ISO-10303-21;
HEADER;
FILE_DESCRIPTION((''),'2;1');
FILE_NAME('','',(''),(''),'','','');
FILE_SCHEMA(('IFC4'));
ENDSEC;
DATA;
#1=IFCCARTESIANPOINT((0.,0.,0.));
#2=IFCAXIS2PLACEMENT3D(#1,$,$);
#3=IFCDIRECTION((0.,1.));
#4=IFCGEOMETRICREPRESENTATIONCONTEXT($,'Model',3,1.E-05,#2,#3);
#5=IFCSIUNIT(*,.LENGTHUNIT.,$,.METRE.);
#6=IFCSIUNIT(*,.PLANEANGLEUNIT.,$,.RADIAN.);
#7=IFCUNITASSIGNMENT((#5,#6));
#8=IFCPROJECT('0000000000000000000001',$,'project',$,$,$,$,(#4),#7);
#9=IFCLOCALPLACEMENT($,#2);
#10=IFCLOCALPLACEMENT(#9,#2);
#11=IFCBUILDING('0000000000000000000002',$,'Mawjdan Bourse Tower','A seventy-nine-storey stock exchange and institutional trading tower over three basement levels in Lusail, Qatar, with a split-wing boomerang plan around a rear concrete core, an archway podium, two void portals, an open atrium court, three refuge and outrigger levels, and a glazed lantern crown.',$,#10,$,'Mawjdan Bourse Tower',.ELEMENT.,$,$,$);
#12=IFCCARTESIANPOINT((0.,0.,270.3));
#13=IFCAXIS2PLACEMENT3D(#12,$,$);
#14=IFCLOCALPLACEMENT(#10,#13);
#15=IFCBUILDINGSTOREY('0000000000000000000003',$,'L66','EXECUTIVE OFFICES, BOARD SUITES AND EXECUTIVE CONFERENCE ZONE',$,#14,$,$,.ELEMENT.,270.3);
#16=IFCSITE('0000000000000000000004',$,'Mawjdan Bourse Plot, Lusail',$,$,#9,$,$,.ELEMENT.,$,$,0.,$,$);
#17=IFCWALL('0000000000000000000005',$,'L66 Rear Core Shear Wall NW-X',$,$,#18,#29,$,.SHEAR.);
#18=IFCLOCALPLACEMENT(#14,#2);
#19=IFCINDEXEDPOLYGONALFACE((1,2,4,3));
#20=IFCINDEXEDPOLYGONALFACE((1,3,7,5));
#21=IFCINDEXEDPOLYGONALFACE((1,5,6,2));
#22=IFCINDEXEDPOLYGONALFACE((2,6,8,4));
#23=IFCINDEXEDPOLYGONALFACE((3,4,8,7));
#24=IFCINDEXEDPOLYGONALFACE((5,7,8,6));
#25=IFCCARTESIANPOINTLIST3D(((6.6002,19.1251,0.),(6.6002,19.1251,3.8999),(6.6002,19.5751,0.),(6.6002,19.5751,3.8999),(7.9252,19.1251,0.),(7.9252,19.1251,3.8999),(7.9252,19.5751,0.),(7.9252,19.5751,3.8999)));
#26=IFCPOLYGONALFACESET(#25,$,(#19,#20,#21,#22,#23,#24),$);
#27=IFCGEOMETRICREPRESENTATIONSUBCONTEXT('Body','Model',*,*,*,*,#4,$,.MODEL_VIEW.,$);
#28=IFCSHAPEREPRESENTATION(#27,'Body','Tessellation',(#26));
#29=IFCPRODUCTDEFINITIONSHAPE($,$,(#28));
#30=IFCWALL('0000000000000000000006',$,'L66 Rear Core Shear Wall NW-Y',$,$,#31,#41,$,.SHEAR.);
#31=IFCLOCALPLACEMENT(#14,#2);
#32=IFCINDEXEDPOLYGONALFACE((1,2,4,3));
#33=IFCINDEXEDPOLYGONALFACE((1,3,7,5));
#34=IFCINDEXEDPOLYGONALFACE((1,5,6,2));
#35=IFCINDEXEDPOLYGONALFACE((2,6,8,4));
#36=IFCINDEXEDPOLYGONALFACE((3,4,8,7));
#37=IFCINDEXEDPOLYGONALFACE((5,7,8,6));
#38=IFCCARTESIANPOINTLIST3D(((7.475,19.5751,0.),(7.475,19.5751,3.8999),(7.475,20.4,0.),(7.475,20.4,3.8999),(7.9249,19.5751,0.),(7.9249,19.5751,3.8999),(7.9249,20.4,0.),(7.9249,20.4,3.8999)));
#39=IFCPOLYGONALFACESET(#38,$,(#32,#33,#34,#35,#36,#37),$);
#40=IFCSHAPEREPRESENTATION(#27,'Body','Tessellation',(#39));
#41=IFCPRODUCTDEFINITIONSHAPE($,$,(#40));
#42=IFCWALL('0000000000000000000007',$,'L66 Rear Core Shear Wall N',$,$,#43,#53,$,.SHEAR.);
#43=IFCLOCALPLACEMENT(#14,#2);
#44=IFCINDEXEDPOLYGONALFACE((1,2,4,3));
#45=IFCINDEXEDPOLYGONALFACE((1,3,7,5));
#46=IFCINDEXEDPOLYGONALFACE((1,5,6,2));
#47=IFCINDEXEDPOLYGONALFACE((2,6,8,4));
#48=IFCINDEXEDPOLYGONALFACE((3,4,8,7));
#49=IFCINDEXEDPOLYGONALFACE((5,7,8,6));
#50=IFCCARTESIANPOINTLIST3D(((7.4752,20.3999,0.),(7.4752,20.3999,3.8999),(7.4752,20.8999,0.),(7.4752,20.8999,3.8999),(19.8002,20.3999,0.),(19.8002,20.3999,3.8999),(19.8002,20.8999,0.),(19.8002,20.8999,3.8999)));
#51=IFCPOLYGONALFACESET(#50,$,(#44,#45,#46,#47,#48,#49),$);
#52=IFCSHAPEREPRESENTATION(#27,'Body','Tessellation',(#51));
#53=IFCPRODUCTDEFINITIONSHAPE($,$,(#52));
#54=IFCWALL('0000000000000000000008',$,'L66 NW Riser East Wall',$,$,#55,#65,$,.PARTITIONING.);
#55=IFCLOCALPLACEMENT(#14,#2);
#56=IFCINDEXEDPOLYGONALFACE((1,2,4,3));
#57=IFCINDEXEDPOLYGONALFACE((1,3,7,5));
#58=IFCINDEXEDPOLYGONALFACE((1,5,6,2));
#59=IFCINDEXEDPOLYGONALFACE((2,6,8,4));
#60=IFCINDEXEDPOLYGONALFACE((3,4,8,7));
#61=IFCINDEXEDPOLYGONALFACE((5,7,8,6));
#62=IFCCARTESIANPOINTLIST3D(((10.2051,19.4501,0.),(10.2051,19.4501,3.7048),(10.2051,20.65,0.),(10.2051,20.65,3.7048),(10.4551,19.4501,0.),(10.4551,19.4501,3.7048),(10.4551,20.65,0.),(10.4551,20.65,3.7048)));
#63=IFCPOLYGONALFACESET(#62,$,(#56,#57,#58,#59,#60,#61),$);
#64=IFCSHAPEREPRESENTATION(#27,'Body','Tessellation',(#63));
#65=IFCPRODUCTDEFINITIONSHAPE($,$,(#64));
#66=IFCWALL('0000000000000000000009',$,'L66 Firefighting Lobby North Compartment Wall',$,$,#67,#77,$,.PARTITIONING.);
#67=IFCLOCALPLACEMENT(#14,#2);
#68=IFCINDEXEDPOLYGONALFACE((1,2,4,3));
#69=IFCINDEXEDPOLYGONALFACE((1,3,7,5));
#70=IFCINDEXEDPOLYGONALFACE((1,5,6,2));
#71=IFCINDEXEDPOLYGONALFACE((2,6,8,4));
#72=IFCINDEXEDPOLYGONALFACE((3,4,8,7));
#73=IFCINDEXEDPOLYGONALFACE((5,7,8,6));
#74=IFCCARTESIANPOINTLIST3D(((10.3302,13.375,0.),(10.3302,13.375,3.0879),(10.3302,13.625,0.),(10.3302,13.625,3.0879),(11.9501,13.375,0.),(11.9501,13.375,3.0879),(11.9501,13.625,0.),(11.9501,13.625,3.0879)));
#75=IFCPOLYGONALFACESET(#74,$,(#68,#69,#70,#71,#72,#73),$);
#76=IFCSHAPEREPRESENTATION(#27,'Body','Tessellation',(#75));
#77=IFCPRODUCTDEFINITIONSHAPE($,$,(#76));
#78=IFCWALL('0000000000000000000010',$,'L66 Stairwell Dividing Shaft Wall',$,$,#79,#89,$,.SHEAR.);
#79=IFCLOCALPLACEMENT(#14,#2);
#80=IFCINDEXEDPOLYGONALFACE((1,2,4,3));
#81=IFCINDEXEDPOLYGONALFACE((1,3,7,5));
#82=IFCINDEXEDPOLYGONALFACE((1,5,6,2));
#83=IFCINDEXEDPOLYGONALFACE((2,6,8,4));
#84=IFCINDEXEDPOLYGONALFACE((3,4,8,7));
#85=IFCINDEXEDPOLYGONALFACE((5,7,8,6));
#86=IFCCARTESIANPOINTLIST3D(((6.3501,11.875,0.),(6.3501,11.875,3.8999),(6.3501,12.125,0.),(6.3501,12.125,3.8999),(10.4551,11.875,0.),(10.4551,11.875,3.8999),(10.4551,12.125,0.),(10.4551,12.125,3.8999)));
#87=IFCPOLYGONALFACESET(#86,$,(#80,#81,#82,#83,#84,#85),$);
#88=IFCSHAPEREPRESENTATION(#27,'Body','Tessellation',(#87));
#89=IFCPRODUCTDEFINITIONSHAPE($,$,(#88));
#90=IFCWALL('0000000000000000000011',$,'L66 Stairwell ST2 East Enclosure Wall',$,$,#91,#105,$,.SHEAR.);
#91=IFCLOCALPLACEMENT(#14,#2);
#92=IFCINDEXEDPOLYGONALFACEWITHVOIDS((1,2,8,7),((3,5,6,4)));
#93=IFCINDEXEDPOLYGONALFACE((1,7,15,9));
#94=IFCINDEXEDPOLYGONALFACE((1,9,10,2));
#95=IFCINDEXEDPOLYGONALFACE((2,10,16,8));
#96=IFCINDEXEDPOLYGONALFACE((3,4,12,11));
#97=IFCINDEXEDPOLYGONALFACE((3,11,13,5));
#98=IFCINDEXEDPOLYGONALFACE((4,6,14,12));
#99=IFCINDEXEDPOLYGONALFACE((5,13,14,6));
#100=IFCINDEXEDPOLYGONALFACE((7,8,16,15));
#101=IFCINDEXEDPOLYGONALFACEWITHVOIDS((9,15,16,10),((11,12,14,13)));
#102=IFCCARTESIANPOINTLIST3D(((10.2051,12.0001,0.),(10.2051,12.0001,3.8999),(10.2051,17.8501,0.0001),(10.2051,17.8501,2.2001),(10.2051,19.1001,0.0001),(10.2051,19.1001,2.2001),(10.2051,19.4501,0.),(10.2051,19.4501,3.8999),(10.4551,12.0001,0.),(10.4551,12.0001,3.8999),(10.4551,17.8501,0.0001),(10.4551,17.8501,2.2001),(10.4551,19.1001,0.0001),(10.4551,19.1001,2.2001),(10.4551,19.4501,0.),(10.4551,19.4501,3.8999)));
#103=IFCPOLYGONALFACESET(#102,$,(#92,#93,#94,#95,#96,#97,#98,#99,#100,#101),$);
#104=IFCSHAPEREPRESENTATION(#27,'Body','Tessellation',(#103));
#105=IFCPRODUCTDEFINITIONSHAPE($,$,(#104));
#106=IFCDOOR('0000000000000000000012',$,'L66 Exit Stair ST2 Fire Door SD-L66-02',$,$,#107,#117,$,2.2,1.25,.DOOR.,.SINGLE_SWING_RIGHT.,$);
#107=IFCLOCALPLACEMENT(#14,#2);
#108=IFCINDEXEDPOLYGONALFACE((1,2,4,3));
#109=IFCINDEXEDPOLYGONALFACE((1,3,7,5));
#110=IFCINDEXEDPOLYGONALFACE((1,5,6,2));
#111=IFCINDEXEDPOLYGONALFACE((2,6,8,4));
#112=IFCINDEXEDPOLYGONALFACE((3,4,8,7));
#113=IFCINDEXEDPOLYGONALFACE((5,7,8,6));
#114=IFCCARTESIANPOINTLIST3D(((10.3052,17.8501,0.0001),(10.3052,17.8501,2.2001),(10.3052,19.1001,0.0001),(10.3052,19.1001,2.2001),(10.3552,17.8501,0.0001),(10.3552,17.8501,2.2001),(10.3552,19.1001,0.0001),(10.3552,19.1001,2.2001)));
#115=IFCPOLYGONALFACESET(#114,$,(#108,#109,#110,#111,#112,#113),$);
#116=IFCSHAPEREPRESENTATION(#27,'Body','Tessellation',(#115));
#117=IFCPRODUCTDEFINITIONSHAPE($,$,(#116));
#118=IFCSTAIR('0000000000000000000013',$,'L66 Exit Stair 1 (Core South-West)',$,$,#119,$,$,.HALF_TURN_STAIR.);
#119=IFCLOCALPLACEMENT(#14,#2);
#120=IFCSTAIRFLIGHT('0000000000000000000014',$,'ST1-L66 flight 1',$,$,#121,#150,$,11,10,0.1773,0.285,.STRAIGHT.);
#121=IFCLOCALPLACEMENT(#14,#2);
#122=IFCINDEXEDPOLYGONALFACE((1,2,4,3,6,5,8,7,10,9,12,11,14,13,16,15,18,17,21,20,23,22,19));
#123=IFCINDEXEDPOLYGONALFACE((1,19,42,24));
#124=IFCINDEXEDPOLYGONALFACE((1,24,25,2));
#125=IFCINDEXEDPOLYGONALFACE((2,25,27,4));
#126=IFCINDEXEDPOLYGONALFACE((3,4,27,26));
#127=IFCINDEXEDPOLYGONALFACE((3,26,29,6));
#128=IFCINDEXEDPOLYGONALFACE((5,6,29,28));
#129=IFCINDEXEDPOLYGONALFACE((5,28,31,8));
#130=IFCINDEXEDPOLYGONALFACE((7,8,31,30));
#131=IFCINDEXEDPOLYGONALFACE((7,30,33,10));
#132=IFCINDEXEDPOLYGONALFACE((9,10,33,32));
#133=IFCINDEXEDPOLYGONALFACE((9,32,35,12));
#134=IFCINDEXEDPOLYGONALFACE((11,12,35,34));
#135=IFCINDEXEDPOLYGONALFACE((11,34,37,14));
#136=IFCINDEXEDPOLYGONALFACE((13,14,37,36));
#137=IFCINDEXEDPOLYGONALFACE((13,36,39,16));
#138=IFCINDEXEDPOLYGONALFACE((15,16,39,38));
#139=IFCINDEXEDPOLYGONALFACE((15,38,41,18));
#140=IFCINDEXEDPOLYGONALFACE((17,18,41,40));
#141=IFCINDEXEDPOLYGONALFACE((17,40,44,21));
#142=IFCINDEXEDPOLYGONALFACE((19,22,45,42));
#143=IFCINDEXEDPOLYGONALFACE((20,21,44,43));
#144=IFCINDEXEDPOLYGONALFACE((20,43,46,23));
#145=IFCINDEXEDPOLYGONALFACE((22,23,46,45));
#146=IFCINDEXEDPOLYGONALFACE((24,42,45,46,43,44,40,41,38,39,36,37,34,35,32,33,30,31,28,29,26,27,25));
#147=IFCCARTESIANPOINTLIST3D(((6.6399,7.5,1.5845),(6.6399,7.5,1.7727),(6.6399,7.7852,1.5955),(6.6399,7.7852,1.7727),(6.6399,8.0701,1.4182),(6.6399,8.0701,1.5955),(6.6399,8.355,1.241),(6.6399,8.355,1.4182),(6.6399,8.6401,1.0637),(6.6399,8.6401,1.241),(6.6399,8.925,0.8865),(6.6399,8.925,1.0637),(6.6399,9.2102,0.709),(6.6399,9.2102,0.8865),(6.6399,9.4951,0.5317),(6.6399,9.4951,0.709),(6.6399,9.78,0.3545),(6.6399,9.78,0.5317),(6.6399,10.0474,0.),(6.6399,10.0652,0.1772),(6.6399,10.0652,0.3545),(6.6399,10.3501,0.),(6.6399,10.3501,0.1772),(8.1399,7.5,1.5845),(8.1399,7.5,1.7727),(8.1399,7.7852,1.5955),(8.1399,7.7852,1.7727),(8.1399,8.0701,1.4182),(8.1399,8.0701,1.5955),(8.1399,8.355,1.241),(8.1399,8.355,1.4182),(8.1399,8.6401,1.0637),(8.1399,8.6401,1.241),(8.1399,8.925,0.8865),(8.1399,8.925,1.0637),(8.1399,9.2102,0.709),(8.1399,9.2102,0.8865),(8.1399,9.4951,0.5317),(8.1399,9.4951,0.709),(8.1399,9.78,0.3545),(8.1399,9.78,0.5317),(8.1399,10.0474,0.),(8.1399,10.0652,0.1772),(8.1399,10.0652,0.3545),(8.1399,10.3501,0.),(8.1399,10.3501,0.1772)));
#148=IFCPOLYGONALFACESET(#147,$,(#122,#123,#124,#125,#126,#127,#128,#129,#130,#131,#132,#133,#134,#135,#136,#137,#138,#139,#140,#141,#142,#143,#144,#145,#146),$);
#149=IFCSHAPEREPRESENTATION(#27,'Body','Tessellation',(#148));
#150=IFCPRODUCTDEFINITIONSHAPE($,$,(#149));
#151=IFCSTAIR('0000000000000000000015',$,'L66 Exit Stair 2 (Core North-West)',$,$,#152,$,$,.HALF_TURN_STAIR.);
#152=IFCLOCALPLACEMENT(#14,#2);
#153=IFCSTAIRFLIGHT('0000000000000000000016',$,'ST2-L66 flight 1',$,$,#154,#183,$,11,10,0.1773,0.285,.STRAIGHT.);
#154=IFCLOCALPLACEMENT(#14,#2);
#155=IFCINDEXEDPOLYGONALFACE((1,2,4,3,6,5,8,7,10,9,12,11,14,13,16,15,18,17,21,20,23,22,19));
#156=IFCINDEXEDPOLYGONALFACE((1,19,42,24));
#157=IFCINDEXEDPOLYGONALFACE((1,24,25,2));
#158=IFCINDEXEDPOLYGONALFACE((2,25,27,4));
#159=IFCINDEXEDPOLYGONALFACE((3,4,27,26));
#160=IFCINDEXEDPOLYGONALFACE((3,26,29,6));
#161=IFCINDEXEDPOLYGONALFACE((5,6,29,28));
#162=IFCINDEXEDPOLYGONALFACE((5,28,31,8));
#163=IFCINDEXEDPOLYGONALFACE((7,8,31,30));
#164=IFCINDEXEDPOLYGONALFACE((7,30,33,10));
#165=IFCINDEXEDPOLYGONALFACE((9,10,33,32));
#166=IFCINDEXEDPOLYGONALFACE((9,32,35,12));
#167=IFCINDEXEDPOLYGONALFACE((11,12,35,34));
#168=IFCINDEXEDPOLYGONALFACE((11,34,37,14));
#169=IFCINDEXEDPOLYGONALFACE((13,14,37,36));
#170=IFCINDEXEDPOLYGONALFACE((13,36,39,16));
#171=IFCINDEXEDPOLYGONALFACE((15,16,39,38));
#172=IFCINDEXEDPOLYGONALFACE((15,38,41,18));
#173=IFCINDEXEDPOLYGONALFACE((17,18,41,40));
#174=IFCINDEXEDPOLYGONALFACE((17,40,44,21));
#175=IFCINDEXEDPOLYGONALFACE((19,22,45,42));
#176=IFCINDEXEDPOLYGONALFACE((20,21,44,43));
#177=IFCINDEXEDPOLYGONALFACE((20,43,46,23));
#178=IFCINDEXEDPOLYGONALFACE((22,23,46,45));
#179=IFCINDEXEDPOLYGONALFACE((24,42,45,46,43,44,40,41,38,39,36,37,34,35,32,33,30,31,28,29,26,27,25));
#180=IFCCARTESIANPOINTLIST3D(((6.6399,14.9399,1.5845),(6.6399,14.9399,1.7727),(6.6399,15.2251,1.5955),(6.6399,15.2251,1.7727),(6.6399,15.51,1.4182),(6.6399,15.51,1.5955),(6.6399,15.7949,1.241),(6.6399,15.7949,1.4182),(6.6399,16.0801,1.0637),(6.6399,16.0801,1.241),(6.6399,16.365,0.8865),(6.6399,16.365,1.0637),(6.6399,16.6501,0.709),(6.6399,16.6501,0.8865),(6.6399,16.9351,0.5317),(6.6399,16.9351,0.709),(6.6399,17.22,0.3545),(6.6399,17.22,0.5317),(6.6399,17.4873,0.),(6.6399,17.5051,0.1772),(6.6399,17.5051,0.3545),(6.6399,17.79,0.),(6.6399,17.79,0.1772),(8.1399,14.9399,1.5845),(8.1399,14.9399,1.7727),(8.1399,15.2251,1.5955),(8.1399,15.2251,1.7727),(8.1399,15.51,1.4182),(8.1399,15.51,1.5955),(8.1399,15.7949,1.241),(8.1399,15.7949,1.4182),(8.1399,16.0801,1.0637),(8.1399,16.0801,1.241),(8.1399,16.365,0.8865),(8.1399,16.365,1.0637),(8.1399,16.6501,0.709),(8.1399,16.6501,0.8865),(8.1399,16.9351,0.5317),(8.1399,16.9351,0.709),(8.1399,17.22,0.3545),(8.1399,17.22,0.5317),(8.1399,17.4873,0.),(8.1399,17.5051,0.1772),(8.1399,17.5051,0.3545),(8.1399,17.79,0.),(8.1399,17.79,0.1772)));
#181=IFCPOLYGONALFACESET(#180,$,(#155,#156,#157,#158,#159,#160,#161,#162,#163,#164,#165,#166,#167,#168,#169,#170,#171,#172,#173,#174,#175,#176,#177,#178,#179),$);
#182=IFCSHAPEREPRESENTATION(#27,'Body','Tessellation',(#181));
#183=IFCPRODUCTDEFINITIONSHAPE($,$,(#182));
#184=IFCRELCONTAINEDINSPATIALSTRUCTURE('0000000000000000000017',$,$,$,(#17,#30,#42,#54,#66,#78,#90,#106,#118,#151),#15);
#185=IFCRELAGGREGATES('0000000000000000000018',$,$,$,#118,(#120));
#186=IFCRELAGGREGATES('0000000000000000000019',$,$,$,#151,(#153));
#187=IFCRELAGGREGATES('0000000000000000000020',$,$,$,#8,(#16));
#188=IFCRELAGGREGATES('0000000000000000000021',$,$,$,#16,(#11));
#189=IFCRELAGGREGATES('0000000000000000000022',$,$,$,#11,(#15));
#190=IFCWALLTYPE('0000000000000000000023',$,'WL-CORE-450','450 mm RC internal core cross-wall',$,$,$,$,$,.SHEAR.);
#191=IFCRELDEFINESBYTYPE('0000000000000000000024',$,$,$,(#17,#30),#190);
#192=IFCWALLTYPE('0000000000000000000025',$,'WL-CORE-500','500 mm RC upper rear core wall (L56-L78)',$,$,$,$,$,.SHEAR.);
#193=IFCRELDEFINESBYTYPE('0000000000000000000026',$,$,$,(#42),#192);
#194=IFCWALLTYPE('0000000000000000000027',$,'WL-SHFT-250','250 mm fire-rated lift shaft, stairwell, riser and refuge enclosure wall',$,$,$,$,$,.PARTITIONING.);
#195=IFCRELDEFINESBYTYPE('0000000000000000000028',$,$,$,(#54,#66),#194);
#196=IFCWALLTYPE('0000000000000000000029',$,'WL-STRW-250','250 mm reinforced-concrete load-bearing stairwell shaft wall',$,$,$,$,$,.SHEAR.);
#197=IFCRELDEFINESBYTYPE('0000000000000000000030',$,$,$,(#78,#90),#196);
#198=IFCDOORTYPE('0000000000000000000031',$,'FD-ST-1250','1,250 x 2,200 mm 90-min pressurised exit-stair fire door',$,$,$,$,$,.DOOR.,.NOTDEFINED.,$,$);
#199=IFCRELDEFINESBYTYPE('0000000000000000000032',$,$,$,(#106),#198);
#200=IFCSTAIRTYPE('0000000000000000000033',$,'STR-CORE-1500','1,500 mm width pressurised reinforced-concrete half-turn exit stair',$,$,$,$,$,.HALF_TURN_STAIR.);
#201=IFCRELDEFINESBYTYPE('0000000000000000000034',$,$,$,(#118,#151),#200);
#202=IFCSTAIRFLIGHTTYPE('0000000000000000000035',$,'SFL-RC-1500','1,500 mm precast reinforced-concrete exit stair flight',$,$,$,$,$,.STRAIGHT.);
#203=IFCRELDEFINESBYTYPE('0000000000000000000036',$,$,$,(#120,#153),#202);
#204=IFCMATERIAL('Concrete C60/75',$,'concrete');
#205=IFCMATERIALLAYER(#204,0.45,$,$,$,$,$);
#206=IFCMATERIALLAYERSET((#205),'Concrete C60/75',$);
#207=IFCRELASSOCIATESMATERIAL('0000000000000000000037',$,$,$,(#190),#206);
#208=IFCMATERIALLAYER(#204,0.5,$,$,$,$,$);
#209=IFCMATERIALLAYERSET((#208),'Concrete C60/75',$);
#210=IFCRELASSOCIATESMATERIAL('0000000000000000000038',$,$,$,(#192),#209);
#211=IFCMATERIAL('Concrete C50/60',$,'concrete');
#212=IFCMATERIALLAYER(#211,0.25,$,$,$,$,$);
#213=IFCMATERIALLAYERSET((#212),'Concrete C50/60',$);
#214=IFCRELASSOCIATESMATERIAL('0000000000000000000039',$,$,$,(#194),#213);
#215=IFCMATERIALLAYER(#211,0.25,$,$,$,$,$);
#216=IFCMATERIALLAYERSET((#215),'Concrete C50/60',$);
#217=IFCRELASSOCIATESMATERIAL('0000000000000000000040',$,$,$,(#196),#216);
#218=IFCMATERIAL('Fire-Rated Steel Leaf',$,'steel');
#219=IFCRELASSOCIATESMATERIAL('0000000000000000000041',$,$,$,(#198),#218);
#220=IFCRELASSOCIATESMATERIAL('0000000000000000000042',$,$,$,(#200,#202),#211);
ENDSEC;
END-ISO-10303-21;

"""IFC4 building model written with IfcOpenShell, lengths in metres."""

from ifc_helpers import new_model, si_unit, direction, frame, frame_2d, origin, place, context, subcontext, project, spatial, polyline, rectangle, outline, extrude, material, layer, layer_set, type_object, element, fill, aggregate, save


model = new_model("IFC4")

# Units and contexts
model_context = context("Model", 3, precision=1e-05, world=origin(), true_north=direction((0.0, 1.0)))
body_context = subcontext(model_context, "Body", "Model", "MODEL_VIEW")
ifc_project = project(units=[si_unit("LENGTHUNIT", "METRE"), si_unit("PLANEANGLEUNIT", "RADIAN")], contexts=[model_context])

# Site, building, storey
site_placement = place(None, origin())
site = spatial("IfcSite", under=ifc_project, at=site_placement, Name="Mawjdan Bourse Plot, Lusail", CompositionType="ELEMENT", RefElevation=0.0)
building_placement = place(site_placement, origin())
building = spatial("IfcBuilding", under=site, at=building_placement, Name="Mawjdan Bourse Tower", Description="A seventy-nine-storey stock exchange and institutional trading tower over three basement levels in Lusail, Qatar, with a split-wing boomerang plan around a rear concrete core, an archway podium, two void portals, an open atrium court, three refuge and outrigger levels, and a glazed lantern crown.", LongName="Mawjdan Bourse Tower", CompositionType="ELEMENT")
storey_placement = place(building_placement, frame((0.0, 0.0, 270.3)))
storey = spatial("IfcBuildingStorey", under=building, at=storey_placement, Name="L66", Description="EXECUTIVE OFFICES, BOARD SUITES AND EXECUTIVE CONFERENCE ZONE", CompositionType="ELEMENT", Elevation=270.3)

# Walls
ifc_material_1 = material(Name="Concrete C60/75", Category="concrete")
ifc_layer_1 = layer(ifc_material_1, 0.45)
ifc_layer_set_1 = layer_set([ifc_layer_1], Name="Concrete C60/75")
wall_type_1 = type_object("IfcWallType", Name="WL-CORE-450", Description="450 mm RC internal core cross-wall", PredefinedType="SHEAR", material=ifc_layer_set_1)
wall_1_placement = place(storey_placement, frame((6.6001, 19.3501, 0.0), z_axis=(0.0, 0.0, 1.0), x_axis=(1.0, 0.0, 0.0)))
element("IfcWall", 1, at=wall_1_placement, inside=storey, type_object=wall_type_1, Name="L66 Rear Core Shear Wall NW-X", PredefinedType="SHEAR", context=body_context, shape_type="SweptSolid", body=[
    extrude(rectangle(XDim=1.325, YDim=0.45, at=frame_2d((0.6626, 0.0))), origin(), (0.0, 0.0, 1.0), 3.8999),
])
wall_2_placement = place(storey_placement, frame((7.7, 19.575, 0.0), z_axis=(0.0, 0.0, 1.0), x_axis=(0.0, 1.0, 0.0)))
element("IfcWall", 2, at=wall_2_placement, inside=storey, type_object=wall_type_1, Name="L66 Rear Core Shear Wall NW-Y", PredefinedType="SHEAR", context=body_context, shape_type="SweptSolid", body=[
    extrude(rectangle(XDim=0.825, YDim=0.45, at=frame_2d((0.4126, 0.0))), origin(), (0.0, 0.0, 1.0), 3.8999),
])
ifc_layer_2 = layer(ifc_material_1, 0.5)
ifc_layer_set_2 = layer_set([ifc_layer_2], Name="Concrete C60/75")
wall_type_2 = type_object("IfcWallType", Name="WL-CORE-500", Description="500 mm RC upper rear core wall (L56-L78)", PredefinedType="SHEAR", material=ifc_layer_set_2)
wall_3_placement = place(storey_placement, frame((7.4751, 20.6499, 0.0), z_axis=(0.0, 0.0, 1.0), x_axis=(1.0, 0.0, 0.0)))
element("IfcWall", 3, at=wall_3_placement, inside=storey, type_object=wall_type_2, Name="L66 Rear Core Shear Wall N", PredefinedType="SHEAR", context=body_context, shape_type="SweptSolid", body=[
    extrude(rectangle(XDim=12.325, YDim=0.5, at=frame_2d((6.1626, 0.0))), origin(), (0.0, 0.0, 1.0), 3.8999),
])
ifc_material_2 = material(Name="Concrete C50/60", Category="concrete")
ifc_layer_3 = layer(ifc_material_2, 0.25)
ifc_layer_set_3 = layer_set([ifc_layer_3], Name="Concrete C50/60")
wall_type_3 = type_object("IfcWallType", Name="WL-SHFT-250", Description="250 mm fire-rated lift shaft, stairwell, riser and refuge enclosure wall", PredefinedType="PARTITIONING", material=ifc_layer_set_3)
wall_4_placement = place(storey_placement, frame((10.3301, 19.45, 0.0), z_axis=(0.0, 0.0, 1.0), x_axis=(0.0, 1.0, 0.0)))
element("IfcWall", 4, at=wall_4_placement, inside=storey, type_object=wall_type_3, Name="L66 NW Riser East Wall", PredefinedType="PARTITIONING", context=body_context, shape_type="SweptSolid", body=[
    extrude(rectangle(XDim=1.2, YDim=0.25, at=frame_2d((0.6001, 0.0))), origin(), (0.0, 0.0, 1.0), 3.7048),
])
wall_5_placement = place(storey_placement, frame((10.3301, 13.5, 0.0), z_axis=(0.0, 0.0, 1.0), x_axis=(1.0, 0.0, 0.0)))
element("IfcWall", 5, at=wall_5_placement, inside=storey, type_object=wall_type_3, Name="L66 Firefighting Lobby North Compartment Wall", PredefinedType="PARTITIONING", context=body_context, shape_type="SweptSolid", body=[
    extrude(rectangle(XDim=1.6199, YDim=0.25, at=frame_2d((0.8101, 0.0))), origin(), (0.0, 0.0, 1.0), 3.0879),
])
ifc_layer_4 = layer(ifc_material_2, 0.25)
ifc_layer_set_4 = layer_set([ifc_layer_4], Name="Concrete C50/60")
wall_type_4 = type_object("IfcWallType", Name="WL-STRW-250", Description="250 mm reinforced-concrete load-bearing stairwell shaft wall", PredefinedType="SHEAR", material=ifc_layer_set_4)
wall_6_placement = place(storey_placement, frame((6.3501, 12.0, 0.0), z_axis=(0.0, 0.0, 1.0), x_axis=(1.0, 0.0, 0.0)))
element("IfcWall", 6, at=wall_6_placement, inside=storey, type_object=wall_type_4, Name="L66 Stairwell Dividing Shaft Wall", PredefinedType="SHEAR", context=body_context, shape_type="SweptSolid", body=[
    extrude(rectangle(XDim=4.105, YDim=0.25, at=frame_2d((2.0525, 0.0))), origin(), (0.0, 0.0, 1.0), 3.8999),
])

# Wall, opening, door
wall_7_placement = place(storey_placement, frame((10.3301, 12.0, 0.0), z_axis=(0.0, 0.0, 1.0), x_axis=(0.0, 1.0, 0.0)))
wall_7 = element("IfcWall", 7, at=wall_7_placement, inside=storey, type_object=wall_type_4, Name="L66 Stairwell ST2 East Enclosure Wall", PredefinedType="SHEAR", context=body_context, shape_type="SweptSolid", body=[
    extrude(rectangle(XDim=7.45, YDim=0.25, at=frame_2d((3.7251, 0.0))), origin(), (0.0, 0.0, 1.0), 3.8999),
])
opening_placement = place(wall_7_placement, frame((5.8501, 0.0, 0.0)))
opening = element("IfcOpeningElement", 8, at=opening_placement, cuts=wall_7, PredefinedType="OPENING", context=body_context, shape_type="SweptSolid", body=[
    extrude(rectangle(XDim=1.25, YDim=2.2, at=frame_2d((0.625, 1.1001))), frame((0.0, 0.135, 0.0), z_axis=(0.0, -1.0, 0.0), x_axis=(1.0, 0.0, 0.0)), (0.0, 0.0, 1.0), 0.27),
])
ifc_material_3 = material(Name="Fire-Rated Steel Leaf", Category="steel")
door_type = type_object("IfcDoorType", Name="FD-ST-1250", Description="1,250 x 2,200 mm 90-min pressurised exit-stair fire door", OperationType="NOTDEFINED", PredefinedType="DOOR", material=ifc_material_3)
door_placement = place(opening_placement, origin())
door = element("IfcDoor", 9, at=door_placement, inside=storey, type_object=door_type, Name="L66 Exit Stair ST2 Fire Door SD-L66-02", OperationType="SINGLE_SWING_RIGHT", OverallHeight=2.2, OverallWidth=1.25, PredefinedType="DOOR", context=body_context, shape_type="SweptSolid", body=[
    extrude(rectangle(XDim=1.25, YDim=2.2, at=frame_2d((0.625, 1.1001))), frame((0.0, 0.0249, 0.0), z_axis=(0.0, -1.0, 0.0), x_axis=(1.0, 0.0, 0.0)), (0.0, 0.0, 1.0), 0.05),
])
fill(opening, door)

# Stair, stair flight
stair_type = type_object("IfcStairType", Name="STR-CORE-1500", Description="1,500 mm width pressurised reinforced-concrete half-turn exit stair", PredefinedType="HALF_TURN_STAIR", material=ifc_material_2)
stair_1_placement = place(storey_placement, origin())
stair_1 = element("IfcStair", 10, at=stair_1_placement, inside=storey, type_object=stair_type, Name="L66 Exit Stair 1 (Core South-West)", PredefinedType="HALF_TURN_STAIR")
stair_flight_type = type_object("IfcStairFlightType", Name="SFL-RC-1500", Description="1,500 mm precast reinforced-concrete exit stair flight", PredefinedType="STRAIGHT", material=ifc_material_2)
stair_flight_1_placement = place(storey_placement, frame((7.3899, 10.3501, 0.0), z_axis=(0.0, 0.0, 1.0), x_axis=(0.0, -1.0, 0.0)))
stair_flight_1 = element("IfcStairFlight", 11, at=stair_flight_1_placement, type_object=stair_flight_type, Name="ST1-L66 flight 1", NumberOfRisers=11, NumberOfTreads=10, PredefinedType="STRAIGHT", RiserHeight=0.1773, TreadLength=0.285, context=body_context, shape_type="SweptSolid", body=[
    extrude(outline(polyline([(0.0, 0.0), (0.0, 0.1772), (0.2849, 0.1772), (0.2849, 0.3545), (0.5701, 0.3545), (0.5701, 0.5317), (0.855, 0.5317), (0.855, 0.709), (1.1399, 0.709), (1.1399, 0.8865), (1.425, 0.8865), (1.425, 1.0637), (1.71, 1.0637), (1.71, 1.241), (1.9951, 1.241), (1.9951, 1.4182), (2.28, 1.4182), (2.28, 1.5955), (2.5649, 1.5955), (2.5649, 1.7727), (2.8501, 1.7727), (2.8501, 1.95), (2.8501, 1.5845), (0.3027, 0.0), (0.0, 0.0)])), frame((0.0, 0.75, 0.0), z_axis=(0.0, -1.0, 0.0), x_axis=(1.0, 0.0, 0.0)), (0.0, 0.0, 1.0), 1.5),
])
aggregate(stair_1, [stair_flight_1])

# Stair, stair flight
stair_2_placement = place(storey_placement, origin())
stair_2 = element("IfcStair", 12, at=stair_2_placement, inside=storey, type_object=stair_type, Name="L66 Exit Stair 2 (Core North-West)", PredefinedType="HALF_TURN_STAIR")
stair_flight_2_placement = place(storey_placement, frame((7.3899, 17.79, 0.0), z_axis=(0.0, 0.0, 1.0), x_axis=(0.0, -1.0, 0.0)))
stair_flight_2 = element("IfcStairFlight", 13, at=stair_flight_2_placement, type_object=stair_flight_type, Name="ST2-L66 flight 1", NumberOfRisers=11, NumberOfTreads=10, PredefinedType="STRAIGHT", RiserHeight=0.1773, TreadLength=0.285, context=body_context, shape_type="SweptSolid", body=[
    extrude(outline(polyline([(0.0, 0.0), (0.0, 0.1772), (0.2849, 0.1772), (0.2849, 0.3545), (0.5701, 0.3545), (0.5701, 0.5317), (0.855, 0.5317), (0.855, 0.709), (1.1399, 0.709), (1.1399, 0.8865), (1.425, 0.8865), (1.425, 1.0637), (1.71, 1.0637), (1.71, 1.241), (1.9951, 1.241), (1.9951, 1.4182), (2.28, 1.4182), (2.28, 1.5955), (2.5649, 1.5955), (2.5649, 1.7727), (2.8501, 1.7727), (2.8501, 1.95), (2.8501, 1.5845), (0.3027, 0.0), (0.0, 0.0)])), frame((0.0, 0.75, 0.0), z_axis=(0.0, -1.0, 0.0), x_axis=(1.0, 0.0, 0.0)), (0.0, 0.0, 1.0), 1.5),
])
aggregate(stair_2, [stair_flight_2])

save(model, "model.ifc")
